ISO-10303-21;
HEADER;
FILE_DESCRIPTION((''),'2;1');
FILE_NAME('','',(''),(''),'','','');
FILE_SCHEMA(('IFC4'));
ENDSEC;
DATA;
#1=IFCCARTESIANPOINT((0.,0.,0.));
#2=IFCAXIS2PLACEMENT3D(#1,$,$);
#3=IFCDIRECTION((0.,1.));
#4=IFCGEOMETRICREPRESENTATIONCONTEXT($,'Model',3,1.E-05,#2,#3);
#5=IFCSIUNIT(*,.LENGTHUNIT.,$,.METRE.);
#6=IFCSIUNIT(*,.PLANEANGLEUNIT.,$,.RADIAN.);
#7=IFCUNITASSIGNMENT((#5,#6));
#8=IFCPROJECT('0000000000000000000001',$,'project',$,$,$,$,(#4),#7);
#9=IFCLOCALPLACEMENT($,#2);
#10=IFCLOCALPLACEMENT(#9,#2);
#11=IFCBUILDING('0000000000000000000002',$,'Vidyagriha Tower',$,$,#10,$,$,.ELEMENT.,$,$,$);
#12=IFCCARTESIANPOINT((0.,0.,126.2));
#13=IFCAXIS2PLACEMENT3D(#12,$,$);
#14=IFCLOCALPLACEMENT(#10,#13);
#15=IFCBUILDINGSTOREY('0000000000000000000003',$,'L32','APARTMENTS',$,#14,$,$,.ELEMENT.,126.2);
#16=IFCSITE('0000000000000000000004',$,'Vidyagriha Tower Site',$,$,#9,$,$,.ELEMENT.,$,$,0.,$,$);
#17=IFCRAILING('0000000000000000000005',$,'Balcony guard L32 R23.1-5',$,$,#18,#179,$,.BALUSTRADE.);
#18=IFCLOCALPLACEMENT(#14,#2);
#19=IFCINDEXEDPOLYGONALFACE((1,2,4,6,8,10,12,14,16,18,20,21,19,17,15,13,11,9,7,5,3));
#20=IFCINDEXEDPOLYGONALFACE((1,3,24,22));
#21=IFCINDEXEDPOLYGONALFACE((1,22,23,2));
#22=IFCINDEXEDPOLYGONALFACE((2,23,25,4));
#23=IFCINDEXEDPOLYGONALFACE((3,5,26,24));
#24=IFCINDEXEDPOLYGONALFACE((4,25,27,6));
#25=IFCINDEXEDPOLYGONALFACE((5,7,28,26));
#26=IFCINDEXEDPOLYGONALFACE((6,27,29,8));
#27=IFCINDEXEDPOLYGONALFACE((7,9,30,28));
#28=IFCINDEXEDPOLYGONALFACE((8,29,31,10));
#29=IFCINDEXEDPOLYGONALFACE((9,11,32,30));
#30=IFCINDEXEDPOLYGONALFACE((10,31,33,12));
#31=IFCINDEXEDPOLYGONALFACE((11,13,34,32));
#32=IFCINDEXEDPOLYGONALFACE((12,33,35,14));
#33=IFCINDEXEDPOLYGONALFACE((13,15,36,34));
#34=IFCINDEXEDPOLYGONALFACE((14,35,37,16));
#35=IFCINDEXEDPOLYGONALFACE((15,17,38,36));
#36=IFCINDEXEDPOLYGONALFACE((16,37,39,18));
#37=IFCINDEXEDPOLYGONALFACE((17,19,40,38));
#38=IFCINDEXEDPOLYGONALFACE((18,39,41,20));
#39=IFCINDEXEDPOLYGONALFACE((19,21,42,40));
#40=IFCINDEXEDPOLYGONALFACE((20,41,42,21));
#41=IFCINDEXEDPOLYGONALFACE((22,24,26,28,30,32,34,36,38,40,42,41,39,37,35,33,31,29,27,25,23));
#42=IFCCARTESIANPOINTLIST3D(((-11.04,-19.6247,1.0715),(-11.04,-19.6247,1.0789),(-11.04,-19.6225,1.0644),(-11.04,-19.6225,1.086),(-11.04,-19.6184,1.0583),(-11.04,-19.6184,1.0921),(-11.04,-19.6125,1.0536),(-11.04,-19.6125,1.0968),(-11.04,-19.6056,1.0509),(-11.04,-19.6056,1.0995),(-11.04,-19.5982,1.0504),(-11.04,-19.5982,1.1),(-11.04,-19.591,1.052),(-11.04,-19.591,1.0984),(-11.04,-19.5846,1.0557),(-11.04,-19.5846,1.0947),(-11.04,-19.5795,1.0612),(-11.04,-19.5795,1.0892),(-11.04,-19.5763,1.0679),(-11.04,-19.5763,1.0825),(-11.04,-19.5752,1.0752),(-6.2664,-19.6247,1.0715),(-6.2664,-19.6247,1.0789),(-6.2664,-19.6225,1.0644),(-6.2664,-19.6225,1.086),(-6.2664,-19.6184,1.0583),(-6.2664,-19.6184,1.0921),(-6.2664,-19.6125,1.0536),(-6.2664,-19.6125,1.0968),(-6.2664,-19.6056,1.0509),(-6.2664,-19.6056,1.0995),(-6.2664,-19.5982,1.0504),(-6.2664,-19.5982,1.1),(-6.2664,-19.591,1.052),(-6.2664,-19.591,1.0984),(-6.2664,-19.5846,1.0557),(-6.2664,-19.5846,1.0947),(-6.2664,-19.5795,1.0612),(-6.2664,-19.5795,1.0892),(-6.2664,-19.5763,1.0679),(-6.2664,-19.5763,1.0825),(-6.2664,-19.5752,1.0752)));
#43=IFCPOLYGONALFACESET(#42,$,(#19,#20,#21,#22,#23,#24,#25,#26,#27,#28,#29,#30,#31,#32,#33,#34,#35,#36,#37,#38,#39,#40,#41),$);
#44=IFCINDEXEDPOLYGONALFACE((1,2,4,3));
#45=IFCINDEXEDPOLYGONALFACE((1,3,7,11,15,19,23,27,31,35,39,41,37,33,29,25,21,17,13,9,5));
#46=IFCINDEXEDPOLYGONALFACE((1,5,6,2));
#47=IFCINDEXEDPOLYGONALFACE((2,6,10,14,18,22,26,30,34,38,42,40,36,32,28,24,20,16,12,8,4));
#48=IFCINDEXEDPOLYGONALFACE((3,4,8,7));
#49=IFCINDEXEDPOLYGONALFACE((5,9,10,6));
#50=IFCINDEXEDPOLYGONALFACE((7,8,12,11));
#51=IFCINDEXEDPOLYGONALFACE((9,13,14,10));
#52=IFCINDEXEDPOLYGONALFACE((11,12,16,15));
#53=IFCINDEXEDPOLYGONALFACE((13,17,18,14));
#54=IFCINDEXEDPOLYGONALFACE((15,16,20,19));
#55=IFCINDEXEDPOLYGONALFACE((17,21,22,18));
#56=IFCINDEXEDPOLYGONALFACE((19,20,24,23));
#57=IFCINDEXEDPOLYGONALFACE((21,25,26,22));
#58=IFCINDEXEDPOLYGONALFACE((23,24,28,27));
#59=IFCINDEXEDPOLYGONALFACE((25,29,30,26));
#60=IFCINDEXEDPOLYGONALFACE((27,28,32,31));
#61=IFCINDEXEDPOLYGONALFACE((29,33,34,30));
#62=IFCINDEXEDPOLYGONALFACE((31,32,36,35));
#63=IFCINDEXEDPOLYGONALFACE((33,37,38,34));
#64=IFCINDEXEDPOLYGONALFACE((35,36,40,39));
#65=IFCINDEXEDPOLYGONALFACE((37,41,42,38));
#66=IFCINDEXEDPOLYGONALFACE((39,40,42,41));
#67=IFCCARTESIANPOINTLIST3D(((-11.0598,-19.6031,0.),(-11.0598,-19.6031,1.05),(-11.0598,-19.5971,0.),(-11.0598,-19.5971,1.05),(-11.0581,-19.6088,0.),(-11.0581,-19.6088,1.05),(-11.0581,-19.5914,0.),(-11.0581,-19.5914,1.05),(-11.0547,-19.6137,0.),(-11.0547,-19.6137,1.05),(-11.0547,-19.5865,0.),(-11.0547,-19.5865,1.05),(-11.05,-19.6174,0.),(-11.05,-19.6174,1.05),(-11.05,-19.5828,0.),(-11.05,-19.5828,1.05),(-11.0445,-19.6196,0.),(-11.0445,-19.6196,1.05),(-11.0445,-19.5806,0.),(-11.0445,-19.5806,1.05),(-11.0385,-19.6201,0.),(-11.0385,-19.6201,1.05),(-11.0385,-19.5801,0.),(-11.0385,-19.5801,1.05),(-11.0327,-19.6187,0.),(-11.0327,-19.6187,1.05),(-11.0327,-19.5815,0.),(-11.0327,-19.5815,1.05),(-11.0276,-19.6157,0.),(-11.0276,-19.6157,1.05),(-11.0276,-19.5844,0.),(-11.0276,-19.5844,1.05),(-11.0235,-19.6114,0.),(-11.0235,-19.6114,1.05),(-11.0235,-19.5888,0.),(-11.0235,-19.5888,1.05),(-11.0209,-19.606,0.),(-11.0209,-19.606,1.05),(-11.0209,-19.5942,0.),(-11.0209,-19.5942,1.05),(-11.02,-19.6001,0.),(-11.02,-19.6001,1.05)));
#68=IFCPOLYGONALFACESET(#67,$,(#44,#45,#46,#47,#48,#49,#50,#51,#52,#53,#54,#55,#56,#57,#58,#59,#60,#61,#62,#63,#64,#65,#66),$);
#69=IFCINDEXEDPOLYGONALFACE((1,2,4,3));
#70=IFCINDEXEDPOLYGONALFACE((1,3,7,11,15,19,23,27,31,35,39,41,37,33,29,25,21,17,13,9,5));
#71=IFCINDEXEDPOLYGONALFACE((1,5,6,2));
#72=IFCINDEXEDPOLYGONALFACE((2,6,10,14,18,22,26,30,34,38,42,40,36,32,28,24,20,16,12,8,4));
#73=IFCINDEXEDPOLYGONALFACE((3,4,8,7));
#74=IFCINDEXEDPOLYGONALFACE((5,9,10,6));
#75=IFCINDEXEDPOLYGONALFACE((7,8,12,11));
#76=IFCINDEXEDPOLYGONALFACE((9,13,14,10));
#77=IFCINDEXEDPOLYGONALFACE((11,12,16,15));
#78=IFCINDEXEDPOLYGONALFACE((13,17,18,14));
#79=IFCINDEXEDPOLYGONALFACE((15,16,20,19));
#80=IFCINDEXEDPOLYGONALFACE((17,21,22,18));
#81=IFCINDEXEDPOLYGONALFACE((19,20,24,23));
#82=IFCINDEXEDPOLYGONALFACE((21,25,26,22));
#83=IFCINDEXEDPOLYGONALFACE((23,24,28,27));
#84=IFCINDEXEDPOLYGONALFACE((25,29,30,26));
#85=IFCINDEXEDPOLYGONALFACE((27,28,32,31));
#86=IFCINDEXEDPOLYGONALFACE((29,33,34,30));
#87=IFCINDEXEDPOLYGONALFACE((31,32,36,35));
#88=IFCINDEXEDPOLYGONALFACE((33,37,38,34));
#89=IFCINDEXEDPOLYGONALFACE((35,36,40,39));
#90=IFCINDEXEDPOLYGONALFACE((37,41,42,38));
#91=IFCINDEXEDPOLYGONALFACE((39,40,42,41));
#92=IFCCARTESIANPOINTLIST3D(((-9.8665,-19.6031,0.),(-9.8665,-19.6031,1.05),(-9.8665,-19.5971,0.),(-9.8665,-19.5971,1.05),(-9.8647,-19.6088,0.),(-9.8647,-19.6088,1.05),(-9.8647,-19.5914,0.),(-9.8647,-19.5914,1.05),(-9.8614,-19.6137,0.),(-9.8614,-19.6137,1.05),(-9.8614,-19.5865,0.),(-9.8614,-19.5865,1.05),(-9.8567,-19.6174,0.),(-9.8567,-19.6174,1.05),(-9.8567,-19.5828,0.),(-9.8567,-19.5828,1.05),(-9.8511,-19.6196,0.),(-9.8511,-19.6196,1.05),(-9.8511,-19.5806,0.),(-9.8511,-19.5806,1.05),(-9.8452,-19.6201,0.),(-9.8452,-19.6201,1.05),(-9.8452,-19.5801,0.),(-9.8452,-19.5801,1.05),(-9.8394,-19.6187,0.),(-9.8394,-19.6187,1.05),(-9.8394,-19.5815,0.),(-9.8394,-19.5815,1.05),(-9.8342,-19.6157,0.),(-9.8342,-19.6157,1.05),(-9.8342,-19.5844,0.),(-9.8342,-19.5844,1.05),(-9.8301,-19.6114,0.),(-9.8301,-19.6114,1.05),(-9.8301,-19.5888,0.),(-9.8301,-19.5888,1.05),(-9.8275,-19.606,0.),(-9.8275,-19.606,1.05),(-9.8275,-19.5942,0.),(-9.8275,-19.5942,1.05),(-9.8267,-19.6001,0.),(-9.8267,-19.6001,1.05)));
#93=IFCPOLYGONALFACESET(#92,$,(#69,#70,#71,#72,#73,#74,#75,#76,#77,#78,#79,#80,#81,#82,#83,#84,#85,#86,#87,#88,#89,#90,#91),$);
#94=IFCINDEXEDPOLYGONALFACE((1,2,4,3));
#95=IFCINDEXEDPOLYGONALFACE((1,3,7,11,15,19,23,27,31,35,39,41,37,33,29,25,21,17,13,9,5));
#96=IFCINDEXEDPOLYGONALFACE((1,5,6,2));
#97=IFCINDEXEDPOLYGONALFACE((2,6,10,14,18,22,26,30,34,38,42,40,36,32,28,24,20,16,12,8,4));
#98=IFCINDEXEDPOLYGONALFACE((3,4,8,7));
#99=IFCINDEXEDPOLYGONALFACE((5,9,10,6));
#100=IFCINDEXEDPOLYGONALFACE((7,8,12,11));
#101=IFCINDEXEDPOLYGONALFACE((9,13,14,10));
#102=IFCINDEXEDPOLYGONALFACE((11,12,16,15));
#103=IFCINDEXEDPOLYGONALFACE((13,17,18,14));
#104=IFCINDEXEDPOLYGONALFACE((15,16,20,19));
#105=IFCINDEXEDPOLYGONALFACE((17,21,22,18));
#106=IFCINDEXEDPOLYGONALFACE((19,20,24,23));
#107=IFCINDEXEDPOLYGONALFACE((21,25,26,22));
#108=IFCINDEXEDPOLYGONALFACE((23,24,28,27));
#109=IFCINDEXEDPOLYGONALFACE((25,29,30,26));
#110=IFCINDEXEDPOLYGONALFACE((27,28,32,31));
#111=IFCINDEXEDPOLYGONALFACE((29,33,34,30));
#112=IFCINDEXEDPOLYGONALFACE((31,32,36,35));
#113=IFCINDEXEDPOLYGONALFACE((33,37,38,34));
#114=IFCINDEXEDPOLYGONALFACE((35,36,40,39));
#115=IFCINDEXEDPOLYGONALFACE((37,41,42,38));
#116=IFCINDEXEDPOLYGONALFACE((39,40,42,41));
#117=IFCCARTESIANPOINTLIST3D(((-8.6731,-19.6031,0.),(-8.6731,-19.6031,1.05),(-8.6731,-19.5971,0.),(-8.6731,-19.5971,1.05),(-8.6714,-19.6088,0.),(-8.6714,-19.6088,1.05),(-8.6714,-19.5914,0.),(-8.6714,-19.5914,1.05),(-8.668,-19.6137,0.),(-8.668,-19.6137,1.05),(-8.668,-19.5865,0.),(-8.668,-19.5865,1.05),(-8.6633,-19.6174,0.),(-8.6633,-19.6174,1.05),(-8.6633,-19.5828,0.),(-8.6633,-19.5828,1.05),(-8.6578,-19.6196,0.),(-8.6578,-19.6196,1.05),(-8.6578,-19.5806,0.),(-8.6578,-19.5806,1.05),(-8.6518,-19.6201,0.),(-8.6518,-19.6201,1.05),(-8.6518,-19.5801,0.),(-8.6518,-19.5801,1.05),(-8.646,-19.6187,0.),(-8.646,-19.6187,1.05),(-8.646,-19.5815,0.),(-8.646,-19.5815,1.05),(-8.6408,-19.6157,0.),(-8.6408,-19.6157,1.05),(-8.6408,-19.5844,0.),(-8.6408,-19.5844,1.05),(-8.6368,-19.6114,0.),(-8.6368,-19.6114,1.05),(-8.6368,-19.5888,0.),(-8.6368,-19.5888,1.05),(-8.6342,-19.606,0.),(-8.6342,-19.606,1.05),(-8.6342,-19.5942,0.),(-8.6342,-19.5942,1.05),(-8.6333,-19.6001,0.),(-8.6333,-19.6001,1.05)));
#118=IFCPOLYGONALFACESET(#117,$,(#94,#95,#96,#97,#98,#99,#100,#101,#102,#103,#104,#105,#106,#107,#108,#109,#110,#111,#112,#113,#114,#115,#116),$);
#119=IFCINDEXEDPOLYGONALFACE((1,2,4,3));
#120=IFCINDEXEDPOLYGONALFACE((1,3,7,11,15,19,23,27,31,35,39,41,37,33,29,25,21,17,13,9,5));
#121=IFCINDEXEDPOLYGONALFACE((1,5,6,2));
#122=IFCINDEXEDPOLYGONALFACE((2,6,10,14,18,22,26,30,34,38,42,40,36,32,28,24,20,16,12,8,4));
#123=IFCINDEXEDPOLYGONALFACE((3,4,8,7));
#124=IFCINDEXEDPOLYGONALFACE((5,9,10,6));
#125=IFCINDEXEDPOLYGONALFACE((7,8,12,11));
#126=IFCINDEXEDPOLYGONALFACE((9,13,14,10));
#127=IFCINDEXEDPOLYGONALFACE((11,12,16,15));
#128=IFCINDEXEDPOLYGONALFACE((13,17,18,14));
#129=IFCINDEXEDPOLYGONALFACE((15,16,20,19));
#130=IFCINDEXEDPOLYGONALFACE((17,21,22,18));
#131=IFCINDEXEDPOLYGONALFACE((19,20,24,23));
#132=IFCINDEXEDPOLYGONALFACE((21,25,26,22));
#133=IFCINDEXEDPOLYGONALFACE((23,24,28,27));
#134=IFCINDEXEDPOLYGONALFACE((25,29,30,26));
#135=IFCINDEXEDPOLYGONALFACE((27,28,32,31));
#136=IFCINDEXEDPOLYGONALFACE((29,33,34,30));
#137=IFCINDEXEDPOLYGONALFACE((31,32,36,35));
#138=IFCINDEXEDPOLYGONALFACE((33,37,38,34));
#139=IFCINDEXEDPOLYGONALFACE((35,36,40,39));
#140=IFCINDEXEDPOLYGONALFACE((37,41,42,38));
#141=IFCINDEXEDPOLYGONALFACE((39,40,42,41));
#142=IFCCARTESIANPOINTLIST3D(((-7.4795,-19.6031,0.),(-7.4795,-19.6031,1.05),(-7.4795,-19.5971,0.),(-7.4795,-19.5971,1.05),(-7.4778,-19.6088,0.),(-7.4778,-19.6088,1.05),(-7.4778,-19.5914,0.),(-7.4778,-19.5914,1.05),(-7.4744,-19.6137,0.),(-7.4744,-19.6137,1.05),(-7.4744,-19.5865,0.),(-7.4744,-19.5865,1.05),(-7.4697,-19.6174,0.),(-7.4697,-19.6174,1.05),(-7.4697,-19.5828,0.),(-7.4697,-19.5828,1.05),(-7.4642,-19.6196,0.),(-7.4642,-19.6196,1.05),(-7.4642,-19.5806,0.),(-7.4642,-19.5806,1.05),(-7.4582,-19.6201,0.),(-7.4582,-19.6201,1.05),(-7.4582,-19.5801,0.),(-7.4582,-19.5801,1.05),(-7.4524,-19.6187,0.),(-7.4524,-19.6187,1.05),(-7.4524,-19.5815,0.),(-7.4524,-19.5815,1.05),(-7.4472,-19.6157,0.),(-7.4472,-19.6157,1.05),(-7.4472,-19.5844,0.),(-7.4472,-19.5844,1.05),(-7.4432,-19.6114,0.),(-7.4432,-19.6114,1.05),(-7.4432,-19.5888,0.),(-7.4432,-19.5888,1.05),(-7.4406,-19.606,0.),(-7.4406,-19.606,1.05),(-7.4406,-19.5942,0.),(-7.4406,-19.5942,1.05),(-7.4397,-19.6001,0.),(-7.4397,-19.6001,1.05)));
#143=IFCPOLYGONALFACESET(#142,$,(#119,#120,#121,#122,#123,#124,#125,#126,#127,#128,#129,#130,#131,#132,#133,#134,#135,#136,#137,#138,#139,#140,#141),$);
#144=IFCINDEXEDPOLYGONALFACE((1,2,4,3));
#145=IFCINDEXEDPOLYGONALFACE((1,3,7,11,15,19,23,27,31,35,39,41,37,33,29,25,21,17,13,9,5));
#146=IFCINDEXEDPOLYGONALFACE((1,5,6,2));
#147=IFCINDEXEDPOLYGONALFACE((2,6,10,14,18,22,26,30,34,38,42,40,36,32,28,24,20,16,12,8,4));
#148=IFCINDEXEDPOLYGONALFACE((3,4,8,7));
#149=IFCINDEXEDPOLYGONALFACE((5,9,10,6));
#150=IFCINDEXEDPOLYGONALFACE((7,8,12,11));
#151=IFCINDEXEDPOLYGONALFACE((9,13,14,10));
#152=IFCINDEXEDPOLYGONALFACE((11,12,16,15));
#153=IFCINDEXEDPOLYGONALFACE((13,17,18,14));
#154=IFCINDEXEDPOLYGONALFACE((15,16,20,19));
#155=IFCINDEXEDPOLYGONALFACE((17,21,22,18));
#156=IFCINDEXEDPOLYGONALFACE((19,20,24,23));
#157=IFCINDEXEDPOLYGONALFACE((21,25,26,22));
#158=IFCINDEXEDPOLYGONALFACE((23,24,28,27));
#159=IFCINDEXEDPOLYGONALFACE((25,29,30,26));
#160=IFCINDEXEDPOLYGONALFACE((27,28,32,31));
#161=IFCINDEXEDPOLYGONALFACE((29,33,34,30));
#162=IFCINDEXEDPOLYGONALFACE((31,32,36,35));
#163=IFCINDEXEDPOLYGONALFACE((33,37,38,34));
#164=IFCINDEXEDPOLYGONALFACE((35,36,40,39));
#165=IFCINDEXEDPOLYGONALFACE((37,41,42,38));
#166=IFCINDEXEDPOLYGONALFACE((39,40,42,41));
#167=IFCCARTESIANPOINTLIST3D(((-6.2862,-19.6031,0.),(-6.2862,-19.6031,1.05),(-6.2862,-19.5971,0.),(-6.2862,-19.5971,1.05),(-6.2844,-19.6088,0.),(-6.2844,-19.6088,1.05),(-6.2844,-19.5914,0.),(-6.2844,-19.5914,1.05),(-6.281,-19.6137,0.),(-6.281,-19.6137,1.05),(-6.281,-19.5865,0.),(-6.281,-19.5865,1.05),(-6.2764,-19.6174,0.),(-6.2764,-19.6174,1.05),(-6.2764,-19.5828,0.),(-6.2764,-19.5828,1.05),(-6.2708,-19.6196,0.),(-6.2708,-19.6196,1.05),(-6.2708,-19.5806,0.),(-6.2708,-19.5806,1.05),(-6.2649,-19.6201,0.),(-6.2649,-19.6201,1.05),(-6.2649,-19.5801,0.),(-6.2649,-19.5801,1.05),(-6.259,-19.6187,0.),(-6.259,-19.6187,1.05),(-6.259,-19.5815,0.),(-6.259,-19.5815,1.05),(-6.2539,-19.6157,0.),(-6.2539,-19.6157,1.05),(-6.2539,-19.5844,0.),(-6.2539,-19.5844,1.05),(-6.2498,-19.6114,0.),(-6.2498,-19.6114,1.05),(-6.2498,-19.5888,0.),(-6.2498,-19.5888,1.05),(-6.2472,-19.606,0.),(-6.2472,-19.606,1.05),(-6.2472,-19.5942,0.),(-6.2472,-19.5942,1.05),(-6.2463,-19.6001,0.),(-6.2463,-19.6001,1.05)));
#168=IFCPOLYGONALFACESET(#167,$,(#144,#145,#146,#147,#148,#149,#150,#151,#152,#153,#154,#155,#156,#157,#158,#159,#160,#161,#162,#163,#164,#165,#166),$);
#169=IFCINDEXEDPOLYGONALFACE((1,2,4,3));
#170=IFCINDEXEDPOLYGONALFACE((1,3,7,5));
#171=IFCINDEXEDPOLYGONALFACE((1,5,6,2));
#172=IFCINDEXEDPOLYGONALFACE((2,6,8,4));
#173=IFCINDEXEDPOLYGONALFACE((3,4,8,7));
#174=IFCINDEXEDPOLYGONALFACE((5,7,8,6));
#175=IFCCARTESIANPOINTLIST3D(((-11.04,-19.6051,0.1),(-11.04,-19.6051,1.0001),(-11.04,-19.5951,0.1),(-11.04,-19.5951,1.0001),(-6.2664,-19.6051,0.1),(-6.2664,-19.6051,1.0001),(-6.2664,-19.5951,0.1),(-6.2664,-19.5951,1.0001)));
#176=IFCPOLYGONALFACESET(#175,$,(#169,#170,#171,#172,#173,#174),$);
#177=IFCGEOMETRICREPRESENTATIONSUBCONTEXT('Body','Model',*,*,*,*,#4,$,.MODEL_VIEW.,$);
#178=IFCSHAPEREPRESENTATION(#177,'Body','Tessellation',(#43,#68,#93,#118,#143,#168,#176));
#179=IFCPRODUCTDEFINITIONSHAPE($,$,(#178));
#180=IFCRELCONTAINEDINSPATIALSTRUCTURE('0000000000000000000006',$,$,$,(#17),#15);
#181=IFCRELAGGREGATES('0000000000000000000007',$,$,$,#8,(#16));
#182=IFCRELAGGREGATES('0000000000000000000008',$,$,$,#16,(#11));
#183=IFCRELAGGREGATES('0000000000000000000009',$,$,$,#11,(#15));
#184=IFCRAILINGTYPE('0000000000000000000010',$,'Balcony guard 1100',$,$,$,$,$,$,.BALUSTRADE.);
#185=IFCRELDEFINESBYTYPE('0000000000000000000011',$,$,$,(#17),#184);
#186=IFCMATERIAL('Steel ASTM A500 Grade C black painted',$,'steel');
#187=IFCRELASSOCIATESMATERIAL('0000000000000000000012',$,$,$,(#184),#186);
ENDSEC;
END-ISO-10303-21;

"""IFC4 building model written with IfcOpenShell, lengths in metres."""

from ifc_helpers import new_model, si_unit, direction, frame, origin, origin_2d, place, context, subcontext, project, spatial, rectangle, circle, extrude, material, type_object, element, save


model = new_model("IFC4")

# Units and contexts
model_context = context("Model", 3, precision=1e-05, world=origin(), true_north=direction((0.0, 1.0)))
body_context = subcontext(model_context, "Body", "Model", "MODEL_VIEW")
ifc_project = project(units=[si_unit("LENGTHUNIT", "METRE"), si_unit("PLANEANGLEUNIT", "RADIAN")], contexts=[model_context])

# Site, building, storey
site_placement = place(None, origin())
site = spatial("IfcSite", under=ifc_project, at=site_placement, Name="Vidyagriha Tower Site", CompositionType="ELEMENT", RefElevation=0.0)
building_placement = place(site_placement, origin())
building = spatial("IfcBuilding", under=site, at=building_placement, Name="Vidyagriha Tower", CompositionType="ELEMENT")
storey_placement = place(building_placement, frame((0.0, 0.0, 126.2)))
storey = spatial("IfcBuildingStorey", under=building, at=storey_placement, Name="L32", Description="APARTMENTS", CompositionType="ELEMENT", Elevation=126.2)

# Railing
ifc_material_1 = material(Name="Steel ASTM A500 Grade C black painted", Category="steel")
railing_type = type_object("IfcRailingType", Name="Balcony guard 1100", PredefinedType="BALUSTRADE", material=ifc_material_1)
railing_1_placement = place(storey_placement, frame((-11.04, -19.6001, 0.0)))
element("IfcRailing", 1, at=railing_1_placement, inside=storey, type_object=railing_type, Name="Balcony guard L32 R23.1-5", PredefinedType="BALUSTRADE", context=body_context, shape_type="SweptSolid", body=[
    extrude(circle(Radius=0.0249, at=origin_2d()), frame((0.0, 0.0, 1.0752), z_axis=(1.0, 0.0, 0.0), x_axis=(0.0, 1.0, 0.0)), (0.0, 0.0, 1.0), 4.7737),
    extrude(circle(Radius=0.02, at=origin_2d()), origin(), (0.0, 0.0, 1.0), 1.05),
    extrude(circle(Radius=0.02, at=origin_2d()), frame((1.1934, 0.0, 0.0)), (0.0, 0.0, 1.0), 1.05),
    extrude(circle(Radius=0.02, at=origin_2d()), frame((2.3867, 0.0, 0.0)), (0.0, 0.0, 1.0), 1.05),
    extrude(circle(Radius=0.02, at=origin_2d()), frame((3.5803, 0.0, 0.0)), (0.0, 0.0, 1.0), 1.05),
    extrude(circle(Radius=0.02, at=origin_2d()), frame((4.7737, 0.0, 0.0)), (0.0, 0.0, 1.0), 1.05),
    extrude(rectangle(XDim=0.01, YDim=0.9001, at=origin_2d()), frame((0.0, 0.0, 0.55), z_axis=(1.0, 0.0, 0.0), x_axis=(0.0, 1.0, 0.0)), (0.0, 0.0, 1.0), 4.7737),
])

save(model, "model.ifc")
